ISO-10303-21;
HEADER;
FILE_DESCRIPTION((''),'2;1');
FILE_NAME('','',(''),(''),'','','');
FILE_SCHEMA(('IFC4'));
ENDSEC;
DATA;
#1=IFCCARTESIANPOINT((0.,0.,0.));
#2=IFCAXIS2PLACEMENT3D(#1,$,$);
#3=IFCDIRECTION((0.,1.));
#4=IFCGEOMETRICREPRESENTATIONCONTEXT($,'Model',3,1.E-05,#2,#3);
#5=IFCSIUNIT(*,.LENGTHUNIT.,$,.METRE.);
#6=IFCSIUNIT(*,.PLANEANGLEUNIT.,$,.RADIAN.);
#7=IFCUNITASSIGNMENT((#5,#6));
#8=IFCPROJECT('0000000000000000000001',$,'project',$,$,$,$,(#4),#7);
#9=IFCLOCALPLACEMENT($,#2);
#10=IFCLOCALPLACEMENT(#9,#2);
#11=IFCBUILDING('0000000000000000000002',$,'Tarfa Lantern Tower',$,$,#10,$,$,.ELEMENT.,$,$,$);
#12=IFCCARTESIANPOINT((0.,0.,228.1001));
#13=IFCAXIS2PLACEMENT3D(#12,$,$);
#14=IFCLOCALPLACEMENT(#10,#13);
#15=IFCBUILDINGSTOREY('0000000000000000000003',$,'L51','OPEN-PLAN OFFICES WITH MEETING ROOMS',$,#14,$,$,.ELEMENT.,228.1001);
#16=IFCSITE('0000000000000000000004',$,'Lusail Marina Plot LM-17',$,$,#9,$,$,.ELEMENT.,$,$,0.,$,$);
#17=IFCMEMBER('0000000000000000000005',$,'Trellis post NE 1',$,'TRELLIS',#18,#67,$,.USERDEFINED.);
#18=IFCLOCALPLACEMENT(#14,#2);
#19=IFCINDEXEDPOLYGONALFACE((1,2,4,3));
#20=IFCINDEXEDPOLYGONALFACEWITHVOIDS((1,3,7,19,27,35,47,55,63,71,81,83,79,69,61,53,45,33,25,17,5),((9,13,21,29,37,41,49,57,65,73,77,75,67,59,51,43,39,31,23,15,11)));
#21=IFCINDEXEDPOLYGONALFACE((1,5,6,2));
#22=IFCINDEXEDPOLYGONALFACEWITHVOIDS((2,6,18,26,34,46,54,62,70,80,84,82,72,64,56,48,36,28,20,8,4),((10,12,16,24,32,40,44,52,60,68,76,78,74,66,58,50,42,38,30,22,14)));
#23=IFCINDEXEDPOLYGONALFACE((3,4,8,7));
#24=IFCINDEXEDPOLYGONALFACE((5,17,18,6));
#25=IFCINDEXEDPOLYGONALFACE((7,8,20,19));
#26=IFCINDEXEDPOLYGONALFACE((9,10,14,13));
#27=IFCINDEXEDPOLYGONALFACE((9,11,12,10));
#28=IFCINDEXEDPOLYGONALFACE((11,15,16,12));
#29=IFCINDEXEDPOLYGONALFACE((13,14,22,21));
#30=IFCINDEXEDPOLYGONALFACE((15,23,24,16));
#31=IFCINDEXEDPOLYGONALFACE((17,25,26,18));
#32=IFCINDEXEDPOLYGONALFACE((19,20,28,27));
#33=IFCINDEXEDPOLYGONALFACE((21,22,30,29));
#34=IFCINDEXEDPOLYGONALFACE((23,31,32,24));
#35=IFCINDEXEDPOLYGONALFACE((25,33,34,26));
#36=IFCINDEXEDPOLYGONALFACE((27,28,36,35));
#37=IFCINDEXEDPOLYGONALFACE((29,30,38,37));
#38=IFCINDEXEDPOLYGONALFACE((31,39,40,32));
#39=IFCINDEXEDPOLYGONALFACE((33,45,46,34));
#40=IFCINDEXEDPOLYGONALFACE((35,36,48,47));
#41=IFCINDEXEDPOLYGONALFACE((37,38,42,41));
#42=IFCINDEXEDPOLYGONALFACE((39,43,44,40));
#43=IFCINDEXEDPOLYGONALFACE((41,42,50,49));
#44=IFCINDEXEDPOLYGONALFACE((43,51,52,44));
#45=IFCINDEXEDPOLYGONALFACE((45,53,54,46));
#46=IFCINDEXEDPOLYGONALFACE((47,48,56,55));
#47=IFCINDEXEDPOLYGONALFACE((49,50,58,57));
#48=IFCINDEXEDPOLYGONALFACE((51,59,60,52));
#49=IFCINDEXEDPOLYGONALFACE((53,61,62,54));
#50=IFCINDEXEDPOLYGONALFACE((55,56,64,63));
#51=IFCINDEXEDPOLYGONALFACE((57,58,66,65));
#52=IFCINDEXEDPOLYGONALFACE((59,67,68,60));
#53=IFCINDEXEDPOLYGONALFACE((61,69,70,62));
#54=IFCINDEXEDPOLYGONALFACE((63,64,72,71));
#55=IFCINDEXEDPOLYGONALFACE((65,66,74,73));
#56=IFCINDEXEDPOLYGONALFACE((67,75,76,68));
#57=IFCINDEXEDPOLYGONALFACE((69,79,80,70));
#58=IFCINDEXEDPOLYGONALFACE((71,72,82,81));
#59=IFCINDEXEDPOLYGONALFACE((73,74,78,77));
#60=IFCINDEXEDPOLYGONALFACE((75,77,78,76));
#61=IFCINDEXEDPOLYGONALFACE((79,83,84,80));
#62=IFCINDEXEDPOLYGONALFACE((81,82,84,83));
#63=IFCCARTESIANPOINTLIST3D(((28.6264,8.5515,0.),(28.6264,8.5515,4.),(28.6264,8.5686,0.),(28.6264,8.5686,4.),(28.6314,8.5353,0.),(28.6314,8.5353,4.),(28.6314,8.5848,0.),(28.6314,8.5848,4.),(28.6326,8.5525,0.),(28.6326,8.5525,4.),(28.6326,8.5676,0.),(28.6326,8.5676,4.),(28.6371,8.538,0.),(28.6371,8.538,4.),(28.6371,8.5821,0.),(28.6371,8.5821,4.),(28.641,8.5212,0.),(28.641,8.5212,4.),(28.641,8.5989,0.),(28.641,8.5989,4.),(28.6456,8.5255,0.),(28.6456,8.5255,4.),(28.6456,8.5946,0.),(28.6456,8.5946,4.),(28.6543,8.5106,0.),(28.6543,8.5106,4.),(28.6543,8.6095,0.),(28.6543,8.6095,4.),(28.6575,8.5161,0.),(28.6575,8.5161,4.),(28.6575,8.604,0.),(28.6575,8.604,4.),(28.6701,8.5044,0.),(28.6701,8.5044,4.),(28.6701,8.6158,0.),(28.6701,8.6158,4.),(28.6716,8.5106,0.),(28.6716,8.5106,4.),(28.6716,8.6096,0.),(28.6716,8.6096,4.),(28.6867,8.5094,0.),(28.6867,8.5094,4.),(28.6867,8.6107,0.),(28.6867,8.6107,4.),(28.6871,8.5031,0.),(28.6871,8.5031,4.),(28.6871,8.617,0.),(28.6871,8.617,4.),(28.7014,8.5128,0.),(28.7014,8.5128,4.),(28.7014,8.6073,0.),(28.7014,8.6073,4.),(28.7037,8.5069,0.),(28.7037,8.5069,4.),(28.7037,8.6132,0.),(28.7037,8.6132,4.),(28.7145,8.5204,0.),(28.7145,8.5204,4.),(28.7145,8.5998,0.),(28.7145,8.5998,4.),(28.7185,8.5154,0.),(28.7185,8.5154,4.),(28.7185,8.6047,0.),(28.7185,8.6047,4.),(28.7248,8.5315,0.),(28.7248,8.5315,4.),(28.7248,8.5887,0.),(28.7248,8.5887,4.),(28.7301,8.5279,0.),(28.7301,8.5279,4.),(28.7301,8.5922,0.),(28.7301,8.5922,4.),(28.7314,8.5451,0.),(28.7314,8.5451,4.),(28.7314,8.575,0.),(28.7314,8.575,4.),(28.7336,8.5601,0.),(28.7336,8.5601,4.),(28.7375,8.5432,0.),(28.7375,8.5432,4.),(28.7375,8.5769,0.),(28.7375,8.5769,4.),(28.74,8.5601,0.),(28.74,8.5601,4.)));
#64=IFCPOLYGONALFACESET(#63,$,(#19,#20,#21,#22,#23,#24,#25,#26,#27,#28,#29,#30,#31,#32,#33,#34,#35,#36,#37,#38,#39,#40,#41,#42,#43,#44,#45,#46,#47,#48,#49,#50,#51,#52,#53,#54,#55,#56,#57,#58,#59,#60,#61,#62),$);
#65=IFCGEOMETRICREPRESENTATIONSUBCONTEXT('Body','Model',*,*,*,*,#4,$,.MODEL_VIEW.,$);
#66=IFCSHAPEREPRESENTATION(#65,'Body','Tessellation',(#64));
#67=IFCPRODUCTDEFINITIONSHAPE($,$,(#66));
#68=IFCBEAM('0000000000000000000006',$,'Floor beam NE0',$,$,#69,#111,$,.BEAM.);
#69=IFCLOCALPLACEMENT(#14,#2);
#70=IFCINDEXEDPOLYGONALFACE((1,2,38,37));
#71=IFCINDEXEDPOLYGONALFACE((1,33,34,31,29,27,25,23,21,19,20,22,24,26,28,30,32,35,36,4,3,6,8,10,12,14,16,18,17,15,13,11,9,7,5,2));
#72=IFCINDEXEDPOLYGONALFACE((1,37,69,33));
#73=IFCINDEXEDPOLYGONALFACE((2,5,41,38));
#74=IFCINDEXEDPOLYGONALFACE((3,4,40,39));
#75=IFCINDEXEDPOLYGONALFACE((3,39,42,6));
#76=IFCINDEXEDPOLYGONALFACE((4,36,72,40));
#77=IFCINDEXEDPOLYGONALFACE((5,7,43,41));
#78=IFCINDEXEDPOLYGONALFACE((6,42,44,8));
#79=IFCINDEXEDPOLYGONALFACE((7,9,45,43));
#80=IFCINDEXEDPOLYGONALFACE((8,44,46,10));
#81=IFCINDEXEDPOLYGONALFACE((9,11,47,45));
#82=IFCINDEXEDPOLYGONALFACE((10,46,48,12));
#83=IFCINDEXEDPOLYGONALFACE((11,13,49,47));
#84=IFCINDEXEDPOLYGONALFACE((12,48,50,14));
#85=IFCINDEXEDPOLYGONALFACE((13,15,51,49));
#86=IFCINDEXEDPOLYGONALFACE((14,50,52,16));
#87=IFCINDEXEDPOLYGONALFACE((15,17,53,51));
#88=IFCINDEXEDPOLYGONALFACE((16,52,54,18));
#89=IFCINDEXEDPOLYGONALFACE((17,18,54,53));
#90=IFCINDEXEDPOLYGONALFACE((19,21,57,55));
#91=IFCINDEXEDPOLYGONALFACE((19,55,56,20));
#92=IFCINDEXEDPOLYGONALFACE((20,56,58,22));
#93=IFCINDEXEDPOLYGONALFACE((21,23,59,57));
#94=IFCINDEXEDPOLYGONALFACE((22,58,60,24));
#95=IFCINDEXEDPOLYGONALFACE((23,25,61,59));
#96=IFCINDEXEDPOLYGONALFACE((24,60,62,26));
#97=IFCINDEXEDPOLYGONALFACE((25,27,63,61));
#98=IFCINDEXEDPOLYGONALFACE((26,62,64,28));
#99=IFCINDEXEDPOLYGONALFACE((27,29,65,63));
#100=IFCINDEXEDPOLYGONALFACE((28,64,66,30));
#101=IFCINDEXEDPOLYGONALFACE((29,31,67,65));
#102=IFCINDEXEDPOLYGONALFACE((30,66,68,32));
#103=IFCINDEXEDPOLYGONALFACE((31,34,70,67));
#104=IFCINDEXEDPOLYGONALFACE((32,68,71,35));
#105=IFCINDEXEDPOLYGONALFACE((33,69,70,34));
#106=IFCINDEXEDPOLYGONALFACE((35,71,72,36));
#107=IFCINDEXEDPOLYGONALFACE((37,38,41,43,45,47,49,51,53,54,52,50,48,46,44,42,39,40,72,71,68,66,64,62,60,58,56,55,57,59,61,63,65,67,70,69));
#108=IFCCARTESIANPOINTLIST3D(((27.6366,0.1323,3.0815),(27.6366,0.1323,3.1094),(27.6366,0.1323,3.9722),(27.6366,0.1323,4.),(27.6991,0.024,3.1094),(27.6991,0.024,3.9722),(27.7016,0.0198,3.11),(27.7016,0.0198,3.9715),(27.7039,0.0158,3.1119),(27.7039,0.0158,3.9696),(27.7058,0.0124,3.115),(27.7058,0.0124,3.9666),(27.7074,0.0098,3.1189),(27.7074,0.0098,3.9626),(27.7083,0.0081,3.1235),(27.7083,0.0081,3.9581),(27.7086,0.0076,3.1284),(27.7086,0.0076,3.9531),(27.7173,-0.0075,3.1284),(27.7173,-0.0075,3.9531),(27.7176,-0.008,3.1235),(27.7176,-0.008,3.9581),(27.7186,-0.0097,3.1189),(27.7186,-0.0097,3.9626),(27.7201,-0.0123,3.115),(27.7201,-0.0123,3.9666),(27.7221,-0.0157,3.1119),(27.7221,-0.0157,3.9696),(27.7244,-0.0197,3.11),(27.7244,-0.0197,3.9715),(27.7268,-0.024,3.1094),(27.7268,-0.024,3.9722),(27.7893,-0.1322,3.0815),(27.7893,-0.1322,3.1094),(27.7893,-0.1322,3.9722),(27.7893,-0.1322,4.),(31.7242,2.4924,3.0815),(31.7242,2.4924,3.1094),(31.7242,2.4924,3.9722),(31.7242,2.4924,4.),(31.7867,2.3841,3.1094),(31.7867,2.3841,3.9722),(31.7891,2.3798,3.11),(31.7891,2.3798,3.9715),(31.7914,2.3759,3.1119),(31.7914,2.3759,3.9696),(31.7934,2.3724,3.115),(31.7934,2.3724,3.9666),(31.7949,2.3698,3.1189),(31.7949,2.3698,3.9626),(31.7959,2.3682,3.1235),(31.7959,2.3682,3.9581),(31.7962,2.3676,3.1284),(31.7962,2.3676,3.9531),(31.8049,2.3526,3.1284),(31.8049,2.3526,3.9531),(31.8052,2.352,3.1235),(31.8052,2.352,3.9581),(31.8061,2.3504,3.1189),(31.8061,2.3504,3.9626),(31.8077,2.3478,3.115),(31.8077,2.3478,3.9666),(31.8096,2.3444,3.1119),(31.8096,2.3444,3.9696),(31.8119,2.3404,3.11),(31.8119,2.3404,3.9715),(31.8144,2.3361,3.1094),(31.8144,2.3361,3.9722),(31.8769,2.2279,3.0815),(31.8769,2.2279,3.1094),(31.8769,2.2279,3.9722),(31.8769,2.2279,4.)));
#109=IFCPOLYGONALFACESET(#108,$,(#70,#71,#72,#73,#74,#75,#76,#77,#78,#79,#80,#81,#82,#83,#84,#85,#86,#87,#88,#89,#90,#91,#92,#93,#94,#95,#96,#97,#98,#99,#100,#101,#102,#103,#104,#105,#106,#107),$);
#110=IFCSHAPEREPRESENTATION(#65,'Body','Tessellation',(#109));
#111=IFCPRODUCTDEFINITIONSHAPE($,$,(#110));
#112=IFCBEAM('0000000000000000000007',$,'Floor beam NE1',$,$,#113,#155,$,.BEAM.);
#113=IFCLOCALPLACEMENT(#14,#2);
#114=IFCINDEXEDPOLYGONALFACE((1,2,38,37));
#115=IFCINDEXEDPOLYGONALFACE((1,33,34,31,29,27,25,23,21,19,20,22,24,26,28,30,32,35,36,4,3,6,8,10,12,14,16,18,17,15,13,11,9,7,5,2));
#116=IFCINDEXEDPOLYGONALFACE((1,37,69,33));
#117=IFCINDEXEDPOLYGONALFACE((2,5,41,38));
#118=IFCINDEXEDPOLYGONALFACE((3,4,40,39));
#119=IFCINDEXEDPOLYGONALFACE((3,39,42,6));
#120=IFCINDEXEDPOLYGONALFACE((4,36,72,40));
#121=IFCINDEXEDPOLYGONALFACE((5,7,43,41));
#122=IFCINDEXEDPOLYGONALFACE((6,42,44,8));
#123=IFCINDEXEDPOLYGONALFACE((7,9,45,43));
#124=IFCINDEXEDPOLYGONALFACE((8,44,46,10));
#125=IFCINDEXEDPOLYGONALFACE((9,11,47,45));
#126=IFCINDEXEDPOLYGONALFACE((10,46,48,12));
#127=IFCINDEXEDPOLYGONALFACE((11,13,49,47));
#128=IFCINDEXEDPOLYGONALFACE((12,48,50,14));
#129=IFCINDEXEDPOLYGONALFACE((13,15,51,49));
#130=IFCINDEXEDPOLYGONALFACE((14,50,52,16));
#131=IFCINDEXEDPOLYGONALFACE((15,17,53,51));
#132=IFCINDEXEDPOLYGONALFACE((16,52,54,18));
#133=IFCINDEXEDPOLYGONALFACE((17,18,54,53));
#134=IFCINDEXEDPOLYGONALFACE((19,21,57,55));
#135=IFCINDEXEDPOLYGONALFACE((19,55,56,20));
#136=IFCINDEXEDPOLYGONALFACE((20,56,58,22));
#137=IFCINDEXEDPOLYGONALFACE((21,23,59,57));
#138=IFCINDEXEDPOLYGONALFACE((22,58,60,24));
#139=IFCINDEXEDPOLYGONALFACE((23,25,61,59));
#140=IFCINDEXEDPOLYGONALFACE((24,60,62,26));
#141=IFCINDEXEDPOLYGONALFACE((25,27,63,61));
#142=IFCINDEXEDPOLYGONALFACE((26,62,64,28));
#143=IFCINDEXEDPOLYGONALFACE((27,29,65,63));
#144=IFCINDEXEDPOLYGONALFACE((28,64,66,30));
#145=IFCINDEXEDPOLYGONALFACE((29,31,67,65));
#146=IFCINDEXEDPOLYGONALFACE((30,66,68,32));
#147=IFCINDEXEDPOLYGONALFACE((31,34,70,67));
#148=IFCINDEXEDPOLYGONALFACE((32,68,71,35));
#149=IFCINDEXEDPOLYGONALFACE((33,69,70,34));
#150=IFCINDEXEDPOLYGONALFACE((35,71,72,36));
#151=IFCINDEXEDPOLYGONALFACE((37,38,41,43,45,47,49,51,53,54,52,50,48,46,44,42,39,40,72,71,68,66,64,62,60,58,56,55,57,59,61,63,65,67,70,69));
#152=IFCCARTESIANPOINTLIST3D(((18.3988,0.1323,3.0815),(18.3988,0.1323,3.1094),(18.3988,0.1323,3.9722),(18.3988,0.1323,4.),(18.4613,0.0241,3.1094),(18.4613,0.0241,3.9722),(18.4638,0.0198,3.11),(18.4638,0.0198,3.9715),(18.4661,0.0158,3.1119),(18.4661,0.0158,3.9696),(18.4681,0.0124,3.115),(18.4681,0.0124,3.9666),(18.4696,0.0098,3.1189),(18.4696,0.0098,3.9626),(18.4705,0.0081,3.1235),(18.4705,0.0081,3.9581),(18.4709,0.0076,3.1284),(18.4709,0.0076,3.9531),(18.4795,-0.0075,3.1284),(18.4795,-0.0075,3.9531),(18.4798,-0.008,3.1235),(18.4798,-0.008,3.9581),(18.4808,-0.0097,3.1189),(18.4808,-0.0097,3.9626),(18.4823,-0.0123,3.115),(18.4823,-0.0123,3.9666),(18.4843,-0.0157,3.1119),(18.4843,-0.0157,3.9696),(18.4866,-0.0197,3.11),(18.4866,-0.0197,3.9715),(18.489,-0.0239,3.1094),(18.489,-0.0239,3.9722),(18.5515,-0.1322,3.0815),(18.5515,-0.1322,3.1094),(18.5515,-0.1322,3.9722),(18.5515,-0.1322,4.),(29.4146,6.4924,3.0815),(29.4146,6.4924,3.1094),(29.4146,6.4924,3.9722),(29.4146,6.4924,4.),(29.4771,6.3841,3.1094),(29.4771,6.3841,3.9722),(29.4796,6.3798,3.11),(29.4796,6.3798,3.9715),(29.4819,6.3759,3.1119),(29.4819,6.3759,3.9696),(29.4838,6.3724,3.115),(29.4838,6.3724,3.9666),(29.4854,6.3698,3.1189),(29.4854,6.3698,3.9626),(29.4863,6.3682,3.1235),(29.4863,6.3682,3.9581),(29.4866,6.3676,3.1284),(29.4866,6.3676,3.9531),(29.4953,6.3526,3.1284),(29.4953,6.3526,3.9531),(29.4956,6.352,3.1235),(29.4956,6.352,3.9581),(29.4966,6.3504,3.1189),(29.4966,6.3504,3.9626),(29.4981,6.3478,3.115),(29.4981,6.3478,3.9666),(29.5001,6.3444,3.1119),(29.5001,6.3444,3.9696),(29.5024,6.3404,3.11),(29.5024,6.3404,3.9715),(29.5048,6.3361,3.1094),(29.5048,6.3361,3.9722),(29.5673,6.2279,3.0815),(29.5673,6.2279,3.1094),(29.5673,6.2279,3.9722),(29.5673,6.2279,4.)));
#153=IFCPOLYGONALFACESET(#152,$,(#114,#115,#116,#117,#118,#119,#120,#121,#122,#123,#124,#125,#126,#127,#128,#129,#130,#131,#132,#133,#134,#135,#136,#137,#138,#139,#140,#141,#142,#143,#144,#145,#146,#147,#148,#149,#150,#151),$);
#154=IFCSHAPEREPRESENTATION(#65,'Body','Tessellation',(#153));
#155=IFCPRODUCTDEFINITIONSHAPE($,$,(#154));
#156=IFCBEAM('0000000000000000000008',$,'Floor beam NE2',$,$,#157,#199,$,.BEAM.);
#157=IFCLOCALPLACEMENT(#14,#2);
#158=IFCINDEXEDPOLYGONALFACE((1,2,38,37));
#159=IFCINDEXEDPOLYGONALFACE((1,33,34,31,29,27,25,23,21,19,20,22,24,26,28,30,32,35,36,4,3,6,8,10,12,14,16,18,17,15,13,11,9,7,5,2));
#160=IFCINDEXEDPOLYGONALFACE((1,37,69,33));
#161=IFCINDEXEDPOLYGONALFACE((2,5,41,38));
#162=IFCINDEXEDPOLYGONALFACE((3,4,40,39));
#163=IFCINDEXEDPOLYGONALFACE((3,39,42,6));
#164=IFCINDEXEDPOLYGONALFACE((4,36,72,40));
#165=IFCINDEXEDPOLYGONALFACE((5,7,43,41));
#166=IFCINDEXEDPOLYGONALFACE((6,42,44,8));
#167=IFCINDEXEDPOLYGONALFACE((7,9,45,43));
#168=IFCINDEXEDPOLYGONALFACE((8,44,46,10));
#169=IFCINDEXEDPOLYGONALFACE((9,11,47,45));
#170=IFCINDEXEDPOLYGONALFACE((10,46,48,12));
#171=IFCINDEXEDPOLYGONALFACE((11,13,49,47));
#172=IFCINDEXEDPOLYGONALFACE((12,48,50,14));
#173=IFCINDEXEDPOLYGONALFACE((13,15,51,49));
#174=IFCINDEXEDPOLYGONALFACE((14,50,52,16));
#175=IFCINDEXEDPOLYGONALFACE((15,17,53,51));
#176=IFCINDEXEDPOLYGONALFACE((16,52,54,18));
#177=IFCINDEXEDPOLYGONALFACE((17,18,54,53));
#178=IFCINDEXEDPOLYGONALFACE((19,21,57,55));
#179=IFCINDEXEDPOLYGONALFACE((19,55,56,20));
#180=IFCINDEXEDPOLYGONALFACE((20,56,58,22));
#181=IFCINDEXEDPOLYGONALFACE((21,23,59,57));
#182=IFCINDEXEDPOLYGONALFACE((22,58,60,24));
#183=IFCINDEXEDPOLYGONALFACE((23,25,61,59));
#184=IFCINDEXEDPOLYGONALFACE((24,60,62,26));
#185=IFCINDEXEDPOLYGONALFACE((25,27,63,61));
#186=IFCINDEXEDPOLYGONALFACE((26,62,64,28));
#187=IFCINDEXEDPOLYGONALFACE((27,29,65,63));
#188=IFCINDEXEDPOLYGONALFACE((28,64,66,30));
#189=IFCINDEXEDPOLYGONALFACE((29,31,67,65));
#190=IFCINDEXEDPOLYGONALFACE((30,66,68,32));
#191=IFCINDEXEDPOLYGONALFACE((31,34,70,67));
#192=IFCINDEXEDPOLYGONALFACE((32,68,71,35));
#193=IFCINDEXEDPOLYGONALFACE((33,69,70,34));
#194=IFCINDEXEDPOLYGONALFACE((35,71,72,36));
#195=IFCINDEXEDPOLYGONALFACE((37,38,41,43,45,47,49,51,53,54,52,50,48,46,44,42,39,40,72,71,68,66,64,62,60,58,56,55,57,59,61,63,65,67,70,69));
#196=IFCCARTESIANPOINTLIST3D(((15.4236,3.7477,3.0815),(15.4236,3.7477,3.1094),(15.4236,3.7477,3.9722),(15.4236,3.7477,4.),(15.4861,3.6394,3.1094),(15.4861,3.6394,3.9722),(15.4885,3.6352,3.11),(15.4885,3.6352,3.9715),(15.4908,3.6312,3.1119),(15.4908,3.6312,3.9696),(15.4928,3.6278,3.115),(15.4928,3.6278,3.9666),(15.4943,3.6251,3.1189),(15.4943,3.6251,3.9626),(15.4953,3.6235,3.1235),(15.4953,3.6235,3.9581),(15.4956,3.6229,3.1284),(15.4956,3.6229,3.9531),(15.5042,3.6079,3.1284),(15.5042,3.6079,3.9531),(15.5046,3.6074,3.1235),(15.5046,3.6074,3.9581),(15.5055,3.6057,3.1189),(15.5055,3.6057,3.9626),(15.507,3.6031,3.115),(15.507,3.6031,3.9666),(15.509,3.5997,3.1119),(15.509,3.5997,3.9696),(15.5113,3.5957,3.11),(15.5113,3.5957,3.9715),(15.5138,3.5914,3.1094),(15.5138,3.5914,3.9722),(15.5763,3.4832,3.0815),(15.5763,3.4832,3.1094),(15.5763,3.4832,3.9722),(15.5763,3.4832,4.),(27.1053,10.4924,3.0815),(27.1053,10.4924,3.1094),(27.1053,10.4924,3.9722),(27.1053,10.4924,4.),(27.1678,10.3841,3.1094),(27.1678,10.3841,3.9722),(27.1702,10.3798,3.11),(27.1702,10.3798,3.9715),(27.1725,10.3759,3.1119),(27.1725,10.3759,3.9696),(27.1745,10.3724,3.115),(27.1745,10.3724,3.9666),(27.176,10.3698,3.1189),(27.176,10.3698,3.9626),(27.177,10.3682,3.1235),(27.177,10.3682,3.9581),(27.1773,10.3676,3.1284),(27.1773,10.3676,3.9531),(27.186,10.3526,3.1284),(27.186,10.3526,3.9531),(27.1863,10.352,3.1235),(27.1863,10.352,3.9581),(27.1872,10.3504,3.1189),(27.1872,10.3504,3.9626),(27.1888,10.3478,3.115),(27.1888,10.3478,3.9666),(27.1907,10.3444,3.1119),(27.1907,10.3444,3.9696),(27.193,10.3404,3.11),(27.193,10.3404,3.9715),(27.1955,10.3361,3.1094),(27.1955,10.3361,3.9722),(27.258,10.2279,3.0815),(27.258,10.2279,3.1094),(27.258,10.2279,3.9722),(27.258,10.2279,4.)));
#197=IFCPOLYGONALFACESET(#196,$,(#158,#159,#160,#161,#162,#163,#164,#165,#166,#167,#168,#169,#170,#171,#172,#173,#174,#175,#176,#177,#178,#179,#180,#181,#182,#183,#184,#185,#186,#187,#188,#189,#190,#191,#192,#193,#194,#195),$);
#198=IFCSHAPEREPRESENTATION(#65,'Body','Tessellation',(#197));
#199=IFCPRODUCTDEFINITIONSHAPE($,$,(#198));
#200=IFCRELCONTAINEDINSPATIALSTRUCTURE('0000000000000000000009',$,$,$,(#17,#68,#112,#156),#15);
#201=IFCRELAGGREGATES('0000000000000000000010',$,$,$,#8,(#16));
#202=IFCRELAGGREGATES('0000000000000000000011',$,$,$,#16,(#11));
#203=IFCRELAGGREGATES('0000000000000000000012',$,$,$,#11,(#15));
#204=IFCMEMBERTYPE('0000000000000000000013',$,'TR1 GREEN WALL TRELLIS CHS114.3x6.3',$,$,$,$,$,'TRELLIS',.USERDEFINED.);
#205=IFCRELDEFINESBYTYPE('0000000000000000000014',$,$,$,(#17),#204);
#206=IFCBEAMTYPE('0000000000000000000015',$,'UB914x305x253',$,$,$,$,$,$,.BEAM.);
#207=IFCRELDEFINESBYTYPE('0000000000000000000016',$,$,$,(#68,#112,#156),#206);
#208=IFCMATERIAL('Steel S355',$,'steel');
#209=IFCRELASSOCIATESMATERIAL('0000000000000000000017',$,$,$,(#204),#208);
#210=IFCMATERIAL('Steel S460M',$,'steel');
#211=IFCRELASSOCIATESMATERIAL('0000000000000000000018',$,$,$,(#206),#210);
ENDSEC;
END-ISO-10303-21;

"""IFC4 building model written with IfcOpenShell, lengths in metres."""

from ifc_helpers import new_model, si_unit, direction, frame, origin, origin_2d, place, context, subcontext, project, spatial, hollow_circle, i_section, extrude, material, material_profile, profile_set, type_object, element, save


model = new_model("IFC4")

# Units and contexts
model_context = context("Model", 3, precision=1e-05, world=origin(), true_north=direction((0.0, 1.0)))
body_context = subcontext(model_context, "Body", "Model", "MODEL_VIEW")
ifc_project = project(units=[si_unit("LENGTHUNIT", "METRE"), si_unit("PLANEANGLEUNIT", "RADIAN")], contexts=[model_context])

# Site, building, storey
site_placement = place(None, origin())
site = spatial("IfcSite", under=ifc_project, at=site_placement, Name="Lusail Marina Plot LM-17", CompositionType="ELEMENT", RefElevation=0.0)
building_placement = place(site_placement, origin())
building = spatial("IfcBuilding", under=site, at=building_placement, Name="Tarfa Lantern Tower", CompositionType="ELEMENT")
storey_placement = place(building_placement, frame((0.0, 0.0, 228.1001)))
storey = spatial("IfcBuildingStorey", under=building, at=storey_placement, Name="L51", Description="OPEN-PLAN OFFICES WITH MEETING ROOMS", CompositionType="ELEMENT", Elevation=228.1001)

# Member
ifc_material_1 = material(Name="Steel S355", Category="steel")
ifc_material_profile_1 = material_profile(ifc_material_1, hollow_circle(Radius=0.0571, WallThickness=0.0063, at=origin_2d()), Name="CHS114.3x6.3")
ifc_profile_set_1 = profile_set([ifc_material_profile_1], Name="Steel S355")
member_type_1 = type_object("IfcMemberType", Name="TR1 GREEN WALL TRELLIS CHS114.3x6.3", ElementType="TRELLIS", PredefinedType="USERDEFINED", material=ifc_profile_set_1)
member_1_placement = place(storey_placement, frame((28.6829, 8.5601, 0.0), z_axis=(0.0, 0.0, 1.0), x_axis=(1.0, 0.0, 0.0)))
element("IfcMember", 1, at=member_1_placement, inside=storey, type_object=member_type_1, Name="Trellis post NE 1", ObjectType="TRELLIS", PredefinedType="USERDEFINED", context=body_context, shape_type="SweptSolid", body=[
    extrude(hollow_circle(Radius=0.0571, WallThickness=0.0063, at=origin_2d()), origin(), (0.0, 0.0, 1.0), 4.0),
])

# Beams
ifc_material_2 = material(Name="Steel S460M", Category="steel")
ifc_material_profile_2 = material_profile(ifc_material_2, i_section(OverallWidth=0.3054, OverallDepth=0.9185, WebThickness=0.0173, FlangeThickness=0.0278, FilletRadius=0.019, at=origin_2d()), Name="UB914x305x253")
ifc_profile_set_2 = profile_set([ifc_material_profile_2], Name="Steel S460M")
beam_type_1 = type_object("IfcBeamType", Name="UB914x305x253", PredefinedType="BEAM", material=ifc_profile_set_2)
beam_1_placement = place(storey_placement, frame((31.8005, 2.3601, 3.5408), z_axis=(-0.866016, -0.500016, 0.0), x_axis=(0.500016, -0.866016, 0.0)))
element("IfcBeam", 2, at=beam_1_placement, inside=storey, type_object=beam_type_1, Name="Floor beam NE0", PredefinedType="BEAM", context=body_context, shape_type="SweptSolid", body=[
    extrude(i_section(OverallWidth=0.3054, OverallDepth=0.9185, WebThickness=0.0173, FlangeThickness=0.0278, FilletRadius=0.019, at=origin_2d()), origin(), (0.0, 0.0, 1.0), 4.72),
])
beam_2_placement = place(storey_placement, frame((29.491, 6.3601, 3.5408), z_axis=(-0.866022, -0.500005, 0.0), x_axis=(0.500005, -0.866022, 0.0)))
element("IfcBeam", 3, at=beam_2_placement, inside=storey, type_object=beam_type_1, Name="Floor beam NE1", PredefinedType="BEAM", context=body_context, shape_type="SweptSolid", body=[
    extrude(i_section(OverallWidth=0.3054, OverallDepth=0.9185, WebThickness=0.0173, FlangeThickness=0.0278, FilletRadius=0.019, at=origin_2d()), origin(), (0.0, 0.0, 1.0), 12.72),
])
beam_3_placement = place(storey_placement, frame((27.1816, 10.3601, 3.5408), z_axis=(-0.866018, -0.500013, 0.0), x_axis=(0.500013, -0.866018, 0.0)))
element("IfcBeam", 4, at=beam_3_placement, inside=storey, type_object=beam_type_1, Name="Floor beam NE2", PredefinedType="BEAM", context=body_context, shape_type="SweptSolid", body=[
    extrude(i_section(OverallWidth=0.3054, OverallDepth=0.9185, WebThickness=0.0173, FlangeThickness=0.0278, FilletRadius=0.019, at=origin_2d()), origin(), (0.0, 0.0, 1.0), 13.489),
])

save(model, "model.ifc")
